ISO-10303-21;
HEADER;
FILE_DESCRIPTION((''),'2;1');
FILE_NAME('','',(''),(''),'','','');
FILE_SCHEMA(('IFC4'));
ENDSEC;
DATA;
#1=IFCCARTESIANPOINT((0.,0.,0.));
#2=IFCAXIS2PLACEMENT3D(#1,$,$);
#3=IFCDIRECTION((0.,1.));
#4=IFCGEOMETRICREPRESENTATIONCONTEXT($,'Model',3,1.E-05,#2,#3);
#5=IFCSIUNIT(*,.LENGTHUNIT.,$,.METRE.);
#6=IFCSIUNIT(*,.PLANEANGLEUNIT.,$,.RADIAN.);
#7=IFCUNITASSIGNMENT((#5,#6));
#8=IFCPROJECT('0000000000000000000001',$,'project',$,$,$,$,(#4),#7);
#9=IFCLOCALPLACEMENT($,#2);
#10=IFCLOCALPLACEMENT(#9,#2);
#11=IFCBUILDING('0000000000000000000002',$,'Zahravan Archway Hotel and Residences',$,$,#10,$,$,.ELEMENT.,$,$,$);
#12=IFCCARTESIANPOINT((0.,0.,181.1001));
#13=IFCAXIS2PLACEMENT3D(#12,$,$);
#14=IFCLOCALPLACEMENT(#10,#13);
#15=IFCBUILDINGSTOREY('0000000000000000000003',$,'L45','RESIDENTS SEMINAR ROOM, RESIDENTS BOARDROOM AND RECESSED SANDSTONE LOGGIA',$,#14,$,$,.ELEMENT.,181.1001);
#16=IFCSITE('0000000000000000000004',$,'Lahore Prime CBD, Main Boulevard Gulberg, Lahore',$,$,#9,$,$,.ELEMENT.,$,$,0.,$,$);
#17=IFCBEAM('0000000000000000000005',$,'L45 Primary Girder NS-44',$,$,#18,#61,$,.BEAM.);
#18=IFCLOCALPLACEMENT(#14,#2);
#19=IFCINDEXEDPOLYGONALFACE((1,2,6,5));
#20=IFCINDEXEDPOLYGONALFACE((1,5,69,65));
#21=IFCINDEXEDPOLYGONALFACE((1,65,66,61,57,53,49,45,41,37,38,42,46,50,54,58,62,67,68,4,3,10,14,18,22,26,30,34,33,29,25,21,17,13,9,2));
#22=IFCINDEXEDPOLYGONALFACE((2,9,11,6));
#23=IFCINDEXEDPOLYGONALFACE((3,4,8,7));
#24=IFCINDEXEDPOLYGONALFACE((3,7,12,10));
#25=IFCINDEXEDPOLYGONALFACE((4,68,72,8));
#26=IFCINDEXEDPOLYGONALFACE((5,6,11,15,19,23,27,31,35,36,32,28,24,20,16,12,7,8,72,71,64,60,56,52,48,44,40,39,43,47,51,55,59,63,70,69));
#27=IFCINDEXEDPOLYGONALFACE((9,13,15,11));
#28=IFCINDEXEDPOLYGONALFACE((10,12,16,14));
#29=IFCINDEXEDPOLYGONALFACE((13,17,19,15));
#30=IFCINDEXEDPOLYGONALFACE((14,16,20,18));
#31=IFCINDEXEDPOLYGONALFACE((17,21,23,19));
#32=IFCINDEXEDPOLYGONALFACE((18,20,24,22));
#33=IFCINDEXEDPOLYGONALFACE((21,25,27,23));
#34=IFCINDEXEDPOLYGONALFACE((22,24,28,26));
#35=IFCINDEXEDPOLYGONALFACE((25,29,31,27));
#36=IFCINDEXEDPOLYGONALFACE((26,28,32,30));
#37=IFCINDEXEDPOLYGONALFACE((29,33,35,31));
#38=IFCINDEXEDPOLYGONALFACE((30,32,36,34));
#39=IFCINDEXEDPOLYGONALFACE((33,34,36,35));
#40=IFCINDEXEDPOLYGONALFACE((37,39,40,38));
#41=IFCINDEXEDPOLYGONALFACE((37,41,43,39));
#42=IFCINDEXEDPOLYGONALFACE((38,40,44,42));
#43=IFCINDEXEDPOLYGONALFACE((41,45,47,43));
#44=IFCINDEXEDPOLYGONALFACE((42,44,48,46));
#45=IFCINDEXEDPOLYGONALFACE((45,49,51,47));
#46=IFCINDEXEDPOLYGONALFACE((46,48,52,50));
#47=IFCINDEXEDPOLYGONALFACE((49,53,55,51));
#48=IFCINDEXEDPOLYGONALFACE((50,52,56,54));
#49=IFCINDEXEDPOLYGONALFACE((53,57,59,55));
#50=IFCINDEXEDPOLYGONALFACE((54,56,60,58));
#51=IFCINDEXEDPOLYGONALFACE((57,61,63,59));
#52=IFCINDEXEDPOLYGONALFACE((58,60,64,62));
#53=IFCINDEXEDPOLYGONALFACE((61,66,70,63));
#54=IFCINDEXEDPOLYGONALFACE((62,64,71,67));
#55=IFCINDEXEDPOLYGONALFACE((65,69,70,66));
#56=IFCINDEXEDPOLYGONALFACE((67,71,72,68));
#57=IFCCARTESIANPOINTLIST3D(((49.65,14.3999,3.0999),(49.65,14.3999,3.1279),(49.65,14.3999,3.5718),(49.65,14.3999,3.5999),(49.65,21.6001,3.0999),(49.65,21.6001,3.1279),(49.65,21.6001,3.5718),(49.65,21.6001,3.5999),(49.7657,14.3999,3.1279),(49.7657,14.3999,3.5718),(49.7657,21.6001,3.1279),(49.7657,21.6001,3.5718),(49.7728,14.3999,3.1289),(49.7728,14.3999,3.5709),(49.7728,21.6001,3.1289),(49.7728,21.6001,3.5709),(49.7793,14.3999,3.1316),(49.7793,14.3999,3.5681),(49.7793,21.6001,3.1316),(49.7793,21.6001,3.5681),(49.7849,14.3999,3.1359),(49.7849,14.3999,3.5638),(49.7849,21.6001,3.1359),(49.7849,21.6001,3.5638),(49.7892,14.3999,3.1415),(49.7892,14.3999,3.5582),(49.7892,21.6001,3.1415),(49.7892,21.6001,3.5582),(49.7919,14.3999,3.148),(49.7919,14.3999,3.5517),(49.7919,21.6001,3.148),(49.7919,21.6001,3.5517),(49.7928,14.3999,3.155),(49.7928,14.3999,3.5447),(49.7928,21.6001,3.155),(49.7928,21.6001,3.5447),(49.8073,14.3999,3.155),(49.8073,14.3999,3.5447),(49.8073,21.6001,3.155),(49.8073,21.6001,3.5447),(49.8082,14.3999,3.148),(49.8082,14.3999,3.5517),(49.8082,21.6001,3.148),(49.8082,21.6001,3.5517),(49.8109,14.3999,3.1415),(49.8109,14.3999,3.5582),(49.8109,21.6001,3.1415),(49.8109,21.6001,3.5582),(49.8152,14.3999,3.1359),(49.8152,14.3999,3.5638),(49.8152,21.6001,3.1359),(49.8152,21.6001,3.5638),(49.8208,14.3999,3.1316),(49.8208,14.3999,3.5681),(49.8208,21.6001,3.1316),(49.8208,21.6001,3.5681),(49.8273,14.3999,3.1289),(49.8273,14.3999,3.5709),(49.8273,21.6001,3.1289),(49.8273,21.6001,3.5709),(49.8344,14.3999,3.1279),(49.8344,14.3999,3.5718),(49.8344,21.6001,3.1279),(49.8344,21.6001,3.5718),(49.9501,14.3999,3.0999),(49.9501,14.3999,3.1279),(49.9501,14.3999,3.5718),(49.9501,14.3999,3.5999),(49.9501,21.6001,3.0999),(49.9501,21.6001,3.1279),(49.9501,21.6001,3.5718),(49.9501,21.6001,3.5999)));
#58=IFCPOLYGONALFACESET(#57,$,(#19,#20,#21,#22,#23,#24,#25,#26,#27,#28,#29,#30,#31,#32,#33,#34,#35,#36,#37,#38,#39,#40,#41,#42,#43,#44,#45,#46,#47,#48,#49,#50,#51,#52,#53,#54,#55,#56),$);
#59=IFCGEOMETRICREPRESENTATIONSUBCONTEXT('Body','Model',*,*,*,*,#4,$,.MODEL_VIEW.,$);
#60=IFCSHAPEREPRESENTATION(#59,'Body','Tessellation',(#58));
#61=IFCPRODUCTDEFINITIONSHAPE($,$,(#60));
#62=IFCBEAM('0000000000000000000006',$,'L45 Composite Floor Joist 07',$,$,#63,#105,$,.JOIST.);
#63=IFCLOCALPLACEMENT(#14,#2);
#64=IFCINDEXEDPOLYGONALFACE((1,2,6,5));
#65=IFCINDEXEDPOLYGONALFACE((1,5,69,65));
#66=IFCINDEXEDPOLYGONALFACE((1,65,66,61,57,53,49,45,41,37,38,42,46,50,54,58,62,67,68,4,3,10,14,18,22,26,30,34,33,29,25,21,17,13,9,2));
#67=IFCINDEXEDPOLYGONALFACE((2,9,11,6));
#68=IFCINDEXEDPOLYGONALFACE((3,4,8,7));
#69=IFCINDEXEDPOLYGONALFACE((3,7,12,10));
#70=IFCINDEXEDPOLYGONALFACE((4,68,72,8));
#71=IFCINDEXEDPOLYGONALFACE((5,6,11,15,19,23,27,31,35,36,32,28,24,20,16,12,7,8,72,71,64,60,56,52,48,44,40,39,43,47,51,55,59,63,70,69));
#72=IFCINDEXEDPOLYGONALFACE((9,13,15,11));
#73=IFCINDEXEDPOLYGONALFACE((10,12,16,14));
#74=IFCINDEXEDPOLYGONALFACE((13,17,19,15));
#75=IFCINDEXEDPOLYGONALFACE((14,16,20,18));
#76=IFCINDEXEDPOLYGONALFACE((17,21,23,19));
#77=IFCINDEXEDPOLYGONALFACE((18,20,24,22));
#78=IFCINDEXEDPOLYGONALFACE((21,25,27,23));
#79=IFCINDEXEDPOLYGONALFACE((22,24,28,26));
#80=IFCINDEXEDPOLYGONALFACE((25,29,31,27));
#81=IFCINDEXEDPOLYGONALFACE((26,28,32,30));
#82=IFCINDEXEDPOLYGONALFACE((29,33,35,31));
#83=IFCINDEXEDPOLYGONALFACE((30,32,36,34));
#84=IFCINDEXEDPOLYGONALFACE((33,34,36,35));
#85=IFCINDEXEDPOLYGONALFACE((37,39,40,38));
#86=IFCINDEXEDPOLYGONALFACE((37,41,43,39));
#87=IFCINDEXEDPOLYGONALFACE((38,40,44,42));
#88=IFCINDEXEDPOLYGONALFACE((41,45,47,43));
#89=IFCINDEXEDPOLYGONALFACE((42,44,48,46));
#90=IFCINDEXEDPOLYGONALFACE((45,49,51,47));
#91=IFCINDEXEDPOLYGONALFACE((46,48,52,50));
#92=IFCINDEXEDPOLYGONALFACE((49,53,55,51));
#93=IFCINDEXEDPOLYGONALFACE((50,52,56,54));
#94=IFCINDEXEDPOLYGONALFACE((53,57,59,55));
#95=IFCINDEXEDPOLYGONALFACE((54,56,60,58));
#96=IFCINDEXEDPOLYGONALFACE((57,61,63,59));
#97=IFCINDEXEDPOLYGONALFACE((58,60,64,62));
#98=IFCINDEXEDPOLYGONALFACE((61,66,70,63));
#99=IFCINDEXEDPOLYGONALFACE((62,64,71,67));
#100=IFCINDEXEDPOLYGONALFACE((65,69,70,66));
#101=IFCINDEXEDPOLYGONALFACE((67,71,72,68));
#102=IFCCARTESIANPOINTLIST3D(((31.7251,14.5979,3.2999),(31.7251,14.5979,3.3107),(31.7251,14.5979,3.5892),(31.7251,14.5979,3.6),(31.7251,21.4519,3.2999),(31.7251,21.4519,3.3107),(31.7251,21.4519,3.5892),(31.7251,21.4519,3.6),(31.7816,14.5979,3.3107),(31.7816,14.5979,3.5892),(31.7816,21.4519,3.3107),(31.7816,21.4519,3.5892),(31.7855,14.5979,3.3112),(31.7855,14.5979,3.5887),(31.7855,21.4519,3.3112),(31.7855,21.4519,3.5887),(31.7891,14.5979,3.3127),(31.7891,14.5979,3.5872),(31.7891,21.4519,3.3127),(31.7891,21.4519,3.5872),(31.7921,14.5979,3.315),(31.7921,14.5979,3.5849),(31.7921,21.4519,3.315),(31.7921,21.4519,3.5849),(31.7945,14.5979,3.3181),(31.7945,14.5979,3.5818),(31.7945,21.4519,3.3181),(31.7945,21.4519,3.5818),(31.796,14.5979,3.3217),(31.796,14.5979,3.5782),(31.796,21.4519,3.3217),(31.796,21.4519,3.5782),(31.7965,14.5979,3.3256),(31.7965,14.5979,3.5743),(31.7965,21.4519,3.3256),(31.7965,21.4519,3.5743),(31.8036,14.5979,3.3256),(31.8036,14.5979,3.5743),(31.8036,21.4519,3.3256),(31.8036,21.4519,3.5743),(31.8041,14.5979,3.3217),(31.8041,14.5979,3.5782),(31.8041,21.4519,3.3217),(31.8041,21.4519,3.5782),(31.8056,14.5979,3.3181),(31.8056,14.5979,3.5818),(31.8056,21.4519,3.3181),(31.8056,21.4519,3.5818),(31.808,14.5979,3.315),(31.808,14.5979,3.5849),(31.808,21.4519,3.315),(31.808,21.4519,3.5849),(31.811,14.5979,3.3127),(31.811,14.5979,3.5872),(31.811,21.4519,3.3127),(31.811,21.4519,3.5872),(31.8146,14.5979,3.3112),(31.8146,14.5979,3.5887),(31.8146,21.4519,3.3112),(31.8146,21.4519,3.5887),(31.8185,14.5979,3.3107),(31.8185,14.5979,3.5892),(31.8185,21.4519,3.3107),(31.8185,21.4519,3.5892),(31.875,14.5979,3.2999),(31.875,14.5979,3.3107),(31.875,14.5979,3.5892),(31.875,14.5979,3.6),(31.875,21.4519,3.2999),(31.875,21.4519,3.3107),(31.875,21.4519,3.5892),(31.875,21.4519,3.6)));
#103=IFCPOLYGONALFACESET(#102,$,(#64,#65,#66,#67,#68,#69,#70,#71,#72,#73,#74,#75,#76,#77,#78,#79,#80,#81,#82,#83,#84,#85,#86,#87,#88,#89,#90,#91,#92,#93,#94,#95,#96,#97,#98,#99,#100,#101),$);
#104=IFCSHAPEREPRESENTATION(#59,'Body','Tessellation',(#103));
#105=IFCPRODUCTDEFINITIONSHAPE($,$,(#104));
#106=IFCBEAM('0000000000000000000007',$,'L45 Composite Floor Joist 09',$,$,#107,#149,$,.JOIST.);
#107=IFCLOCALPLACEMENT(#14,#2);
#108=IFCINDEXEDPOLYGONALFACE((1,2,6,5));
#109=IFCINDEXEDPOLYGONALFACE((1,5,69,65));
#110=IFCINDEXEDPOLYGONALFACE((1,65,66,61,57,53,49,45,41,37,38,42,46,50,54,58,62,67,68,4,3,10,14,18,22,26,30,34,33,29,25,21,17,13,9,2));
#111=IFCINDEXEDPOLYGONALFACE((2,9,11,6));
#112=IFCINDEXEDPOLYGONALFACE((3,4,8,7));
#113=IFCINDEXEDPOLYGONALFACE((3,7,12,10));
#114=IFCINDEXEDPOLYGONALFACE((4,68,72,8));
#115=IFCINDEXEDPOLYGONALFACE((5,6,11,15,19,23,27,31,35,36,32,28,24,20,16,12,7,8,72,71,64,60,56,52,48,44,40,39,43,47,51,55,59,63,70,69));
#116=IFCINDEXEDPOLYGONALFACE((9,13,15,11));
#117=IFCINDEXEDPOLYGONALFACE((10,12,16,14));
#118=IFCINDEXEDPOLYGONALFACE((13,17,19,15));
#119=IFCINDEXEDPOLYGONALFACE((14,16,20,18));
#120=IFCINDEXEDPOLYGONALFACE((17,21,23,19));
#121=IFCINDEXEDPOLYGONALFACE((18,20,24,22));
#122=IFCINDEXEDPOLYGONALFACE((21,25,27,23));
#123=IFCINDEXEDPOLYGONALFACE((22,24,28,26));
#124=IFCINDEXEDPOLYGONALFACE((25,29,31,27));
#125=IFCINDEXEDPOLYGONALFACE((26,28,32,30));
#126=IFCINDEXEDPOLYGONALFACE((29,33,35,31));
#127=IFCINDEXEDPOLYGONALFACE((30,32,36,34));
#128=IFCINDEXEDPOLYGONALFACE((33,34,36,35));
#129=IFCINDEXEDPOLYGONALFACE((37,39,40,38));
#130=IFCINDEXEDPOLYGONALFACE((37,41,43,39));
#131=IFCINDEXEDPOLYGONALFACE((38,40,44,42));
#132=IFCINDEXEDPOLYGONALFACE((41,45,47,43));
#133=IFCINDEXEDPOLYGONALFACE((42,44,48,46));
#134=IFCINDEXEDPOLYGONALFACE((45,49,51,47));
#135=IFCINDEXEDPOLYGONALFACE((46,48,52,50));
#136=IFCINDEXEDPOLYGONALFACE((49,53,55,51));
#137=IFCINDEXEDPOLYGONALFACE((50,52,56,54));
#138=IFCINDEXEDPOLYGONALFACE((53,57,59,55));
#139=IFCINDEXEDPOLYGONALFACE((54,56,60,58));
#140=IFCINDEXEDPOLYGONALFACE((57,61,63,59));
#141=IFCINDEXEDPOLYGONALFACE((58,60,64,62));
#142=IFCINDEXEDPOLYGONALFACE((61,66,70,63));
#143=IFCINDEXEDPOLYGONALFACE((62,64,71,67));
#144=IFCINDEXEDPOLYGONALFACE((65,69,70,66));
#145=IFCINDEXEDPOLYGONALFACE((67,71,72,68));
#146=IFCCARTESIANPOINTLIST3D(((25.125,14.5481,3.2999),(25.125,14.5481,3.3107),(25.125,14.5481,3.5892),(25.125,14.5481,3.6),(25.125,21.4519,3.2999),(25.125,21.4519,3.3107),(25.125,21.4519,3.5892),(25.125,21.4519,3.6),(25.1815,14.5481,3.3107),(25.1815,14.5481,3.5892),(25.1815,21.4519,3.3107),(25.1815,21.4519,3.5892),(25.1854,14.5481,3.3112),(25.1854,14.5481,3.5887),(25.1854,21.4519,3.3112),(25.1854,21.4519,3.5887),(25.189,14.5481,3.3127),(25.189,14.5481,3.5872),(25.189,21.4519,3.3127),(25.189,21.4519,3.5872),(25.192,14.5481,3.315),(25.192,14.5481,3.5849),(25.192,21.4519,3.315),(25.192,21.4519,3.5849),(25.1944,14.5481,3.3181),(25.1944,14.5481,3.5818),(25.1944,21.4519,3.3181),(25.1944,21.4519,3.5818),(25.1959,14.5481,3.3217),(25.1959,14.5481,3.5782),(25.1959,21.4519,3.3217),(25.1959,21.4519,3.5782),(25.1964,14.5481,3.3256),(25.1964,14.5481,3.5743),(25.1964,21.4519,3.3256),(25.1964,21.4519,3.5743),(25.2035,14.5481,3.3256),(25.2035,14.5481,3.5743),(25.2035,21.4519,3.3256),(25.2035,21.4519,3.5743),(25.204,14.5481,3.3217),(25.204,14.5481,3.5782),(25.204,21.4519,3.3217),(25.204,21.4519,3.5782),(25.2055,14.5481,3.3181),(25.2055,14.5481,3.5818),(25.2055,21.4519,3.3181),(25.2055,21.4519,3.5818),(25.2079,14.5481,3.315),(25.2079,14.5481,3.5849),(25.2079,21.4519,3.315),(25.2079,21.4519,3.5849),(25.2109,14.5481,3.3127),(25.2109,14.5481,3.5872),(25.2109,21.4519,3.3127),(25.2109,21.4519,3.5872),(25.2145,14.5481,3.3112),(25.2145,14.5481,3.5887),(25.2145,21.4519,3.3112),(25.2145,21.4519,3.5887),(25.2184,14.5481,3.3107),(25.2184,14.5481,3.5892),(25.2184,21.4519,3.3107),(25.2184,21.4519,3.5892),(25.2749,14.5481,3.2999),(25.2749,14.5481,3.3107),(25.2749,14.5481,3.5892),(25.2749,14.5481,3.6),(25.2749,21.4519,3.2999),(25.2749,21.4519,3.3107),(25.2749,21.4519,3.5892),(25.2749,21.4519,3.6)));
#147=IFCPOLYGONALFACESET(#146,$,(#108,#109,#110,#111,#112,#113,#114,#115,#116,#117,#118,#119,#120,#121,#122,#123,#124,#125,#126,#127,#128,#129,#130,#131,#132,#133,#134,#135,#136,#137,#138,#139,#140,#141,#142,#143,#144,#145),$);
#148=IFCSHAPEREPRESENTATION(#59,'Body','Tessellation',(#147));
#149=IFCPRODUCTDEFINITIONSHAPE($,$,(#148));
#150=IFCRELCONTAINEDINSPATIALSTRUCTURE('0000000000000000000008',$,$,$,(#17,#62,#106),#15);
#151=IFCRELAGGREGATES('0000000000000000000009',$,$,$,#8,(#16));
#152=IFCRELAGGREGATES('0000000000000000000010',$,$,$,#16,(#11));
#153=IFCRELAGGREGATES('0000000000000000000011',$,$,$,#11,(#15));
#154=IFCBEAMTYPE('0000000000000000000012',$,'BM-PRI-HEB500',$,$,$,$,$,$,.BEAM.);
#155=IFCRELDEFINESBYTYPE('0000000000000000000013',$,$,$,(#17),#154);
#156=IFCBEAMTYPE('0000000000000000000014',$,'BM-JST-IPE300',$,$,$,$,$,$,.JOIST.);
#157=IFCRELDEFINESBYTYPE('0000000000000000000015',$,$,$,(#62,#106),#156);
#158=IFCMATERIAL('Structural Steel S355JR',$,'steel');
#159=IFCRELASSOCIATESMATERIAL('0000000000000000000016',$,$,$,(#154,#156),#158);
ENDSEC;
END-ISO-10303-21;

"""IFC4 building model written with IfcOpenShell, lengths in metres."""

from ifc_helpers import new_model, si_unit, direction, frame, origin, origin_2d, place, context, subcontext, project, spatial, i_section, extrude, source, transform, mapped, material, material_profile, profile_set, type_object, type_shapes, element, save


model = new_model("IFC4")

# Units and contexts
model_context = context("Model", 3, precision=1e-05, world=origin(), true_north=direction((0.0, 1.0)))
body_context = subcontext(model_context, "Body", "Model", "MODEL_VIEW")
ifc_project = project(units=[si_unit("LENGTHUNIT", "METRE"), si_unit("PLANEANGLEUNIT", "RADIAN")], contexts=[model_context])

# Site, building, storey
site_placement = place(None, origin())
site = spatial("IfcSite", under=ifc_project, at=site_placement, Name="Lahore Prime CBD, Main Boulevard Gulberg, Lahore", CompositionType="ELEMENT", RefElevation=0.0)
building_placement = place(site_placement, origin())
building = spatial("IfcBuilding", under=site, at=building_placement, Name="Zahravan Archway Hotel and Residences", CompositionType="ELEMENT")
storey_placement = place(building_placement, frame((0.0, 0.0, 181.1001)))
storey = spatial("IfcBuildingStorey", under=building, at=storey_placement, Name="L45", Description="RESIDENTS SEMINAR ROOM, RESIDENTS BOARDROOM AND RECESSED SANDSTONE LOGGIA", CompositionType="ELEMENT", Elevation=181.1001)

# Beams
ifc_material_1 = material(Name="Structural Steel S355JR", Category="steel")
ifc_material_profile_1 = material_profile(ifc_material_1, i_section(OverallWidth=0.3, OverallDepth=0.5, WebThickness=0.0144, FlangeThickness=0.0281, FilletRadius=0.0271, at=origin_2d()), Name="HEB 500", Category="steel")
ifc_profile_set_1 = profile_set([ifc_material_profile_1], Name="Structural Steel S355JR")
beam_type_1 = type_object("IfcBeamType", Name="BM-PRI-HEB500", PredefinedType="BEAM", material=ifc_profile_set_1)
shared_shape_1 = source(origin(), body_context, "Body", "SweptSolid", [
    extrude(i_section(OverallWidth=0.3, OverallDepth=0.5, WebThickness=0.0144, FlangeThickness=0.0281, FilletRadius=0.0271, at=origin_2d()), origin(), (0.0, 0.0, 1.0), 7.2002),
])
type_shapes(beam_type_1, [shared_shape_1])
for number, where, z_axis, x_axis, name in (
    (1, (49.8, 14.3999, 3.3499), (0.0, 1.0, 0.0), (-1.0, 0.0, 0.0), "L45 Primary Girder NS-44"),
):
    element("IfcBeam", number, at=place(storey_placement, frame(where, z_axis=z_axis, x_axis=x_axis)), inside=storey, type_object=beam_type_1, Name=name, PredefinedType="BEAM", context=body_context, shape_type="MappedRepresentation", body=[
        mapped(shared_shape_1, transform((0.0, 0.0, 0.0), scale=1.0)),
    ])
ifc_material_profile_2 = material_profile(ifc_material_1, i_section(OverallWidth=0.1499, OverallDepth=0.3, WebThickness=0.0071, FlangeThickness=0.0107, FilletRadius=0.0149, at=origin_2d()), Name="IPE 300", Category="steel")
ifc_profile_set_2 = profile_set([ifc_material_profile_2], Name="Structural Steel S355JR")
beam_type_2 = type_object("IfcBeamType", Name="BM-JST-IPE300", PredefinedType="JOIST", material=ifc_profile_set_2)
shared_shape_2 = source(origin(), body_context, "Body", "SweptSolid", [
    extrude(i_section(OverallWidth=0.1499, OverallDepth=0.3, WebThickness=0.0071, FlangeThickness=0.0107, FilletRadius=0.0149, at=origin_2d()), origin(), (0.0, 0.0, 1.0), 6.854),
])
beam_1_placement = place(storey_placement, frame((31.8, 14.5979, 3.45), z_axis=(0.0, 1.0, 0.0), x_axis=(-1.0, 0.0, 0.0)))
element("IfcBeam", 2, at=beam_1_placement, inside=storey, type_object=beam_type_2, Name="L45 Composite Floor Joist 07", PredefinedType="JOIST", context=body_context, shape_type="MappedRepresentation", body=[
    mapped(shared_shape_2, transform((0.0, 0.0, 0.0), scale=1.0)),
])
shared_shape_3 = source(origin(), body_context, "Body", "SweptSolid", [
    extrude(i_section(OverallWidth=0.1499, OverallDepth=0.3, WebThickness=0.0071, FlangeThickness=0.0107, FilletRadius=0.0149, at=origin_2d()), origin(), (0.0, 0.0, 1.0), 6.9038),
])
beam_2_placement = place(storey_placement, frame((25.2, 14.5481, 3.45), z_axis=(0.0, 1.0, 0.0), x_axis=(-1.0, 0.0, 0.0)))
element("IfcBeam", 3, at=beam_2_placement, inside=storey, type_object=beam_type_2, Name="L45 Composite Floor Joist 09", PredefinedType="JOIST", context=body_context, shape_type="MappedRepresentation", body=[
    mapped(shared_shape_3, transform((0.0, 0.0, 0.0), scale=1.0)),
])

save(model, "model.ifc")
